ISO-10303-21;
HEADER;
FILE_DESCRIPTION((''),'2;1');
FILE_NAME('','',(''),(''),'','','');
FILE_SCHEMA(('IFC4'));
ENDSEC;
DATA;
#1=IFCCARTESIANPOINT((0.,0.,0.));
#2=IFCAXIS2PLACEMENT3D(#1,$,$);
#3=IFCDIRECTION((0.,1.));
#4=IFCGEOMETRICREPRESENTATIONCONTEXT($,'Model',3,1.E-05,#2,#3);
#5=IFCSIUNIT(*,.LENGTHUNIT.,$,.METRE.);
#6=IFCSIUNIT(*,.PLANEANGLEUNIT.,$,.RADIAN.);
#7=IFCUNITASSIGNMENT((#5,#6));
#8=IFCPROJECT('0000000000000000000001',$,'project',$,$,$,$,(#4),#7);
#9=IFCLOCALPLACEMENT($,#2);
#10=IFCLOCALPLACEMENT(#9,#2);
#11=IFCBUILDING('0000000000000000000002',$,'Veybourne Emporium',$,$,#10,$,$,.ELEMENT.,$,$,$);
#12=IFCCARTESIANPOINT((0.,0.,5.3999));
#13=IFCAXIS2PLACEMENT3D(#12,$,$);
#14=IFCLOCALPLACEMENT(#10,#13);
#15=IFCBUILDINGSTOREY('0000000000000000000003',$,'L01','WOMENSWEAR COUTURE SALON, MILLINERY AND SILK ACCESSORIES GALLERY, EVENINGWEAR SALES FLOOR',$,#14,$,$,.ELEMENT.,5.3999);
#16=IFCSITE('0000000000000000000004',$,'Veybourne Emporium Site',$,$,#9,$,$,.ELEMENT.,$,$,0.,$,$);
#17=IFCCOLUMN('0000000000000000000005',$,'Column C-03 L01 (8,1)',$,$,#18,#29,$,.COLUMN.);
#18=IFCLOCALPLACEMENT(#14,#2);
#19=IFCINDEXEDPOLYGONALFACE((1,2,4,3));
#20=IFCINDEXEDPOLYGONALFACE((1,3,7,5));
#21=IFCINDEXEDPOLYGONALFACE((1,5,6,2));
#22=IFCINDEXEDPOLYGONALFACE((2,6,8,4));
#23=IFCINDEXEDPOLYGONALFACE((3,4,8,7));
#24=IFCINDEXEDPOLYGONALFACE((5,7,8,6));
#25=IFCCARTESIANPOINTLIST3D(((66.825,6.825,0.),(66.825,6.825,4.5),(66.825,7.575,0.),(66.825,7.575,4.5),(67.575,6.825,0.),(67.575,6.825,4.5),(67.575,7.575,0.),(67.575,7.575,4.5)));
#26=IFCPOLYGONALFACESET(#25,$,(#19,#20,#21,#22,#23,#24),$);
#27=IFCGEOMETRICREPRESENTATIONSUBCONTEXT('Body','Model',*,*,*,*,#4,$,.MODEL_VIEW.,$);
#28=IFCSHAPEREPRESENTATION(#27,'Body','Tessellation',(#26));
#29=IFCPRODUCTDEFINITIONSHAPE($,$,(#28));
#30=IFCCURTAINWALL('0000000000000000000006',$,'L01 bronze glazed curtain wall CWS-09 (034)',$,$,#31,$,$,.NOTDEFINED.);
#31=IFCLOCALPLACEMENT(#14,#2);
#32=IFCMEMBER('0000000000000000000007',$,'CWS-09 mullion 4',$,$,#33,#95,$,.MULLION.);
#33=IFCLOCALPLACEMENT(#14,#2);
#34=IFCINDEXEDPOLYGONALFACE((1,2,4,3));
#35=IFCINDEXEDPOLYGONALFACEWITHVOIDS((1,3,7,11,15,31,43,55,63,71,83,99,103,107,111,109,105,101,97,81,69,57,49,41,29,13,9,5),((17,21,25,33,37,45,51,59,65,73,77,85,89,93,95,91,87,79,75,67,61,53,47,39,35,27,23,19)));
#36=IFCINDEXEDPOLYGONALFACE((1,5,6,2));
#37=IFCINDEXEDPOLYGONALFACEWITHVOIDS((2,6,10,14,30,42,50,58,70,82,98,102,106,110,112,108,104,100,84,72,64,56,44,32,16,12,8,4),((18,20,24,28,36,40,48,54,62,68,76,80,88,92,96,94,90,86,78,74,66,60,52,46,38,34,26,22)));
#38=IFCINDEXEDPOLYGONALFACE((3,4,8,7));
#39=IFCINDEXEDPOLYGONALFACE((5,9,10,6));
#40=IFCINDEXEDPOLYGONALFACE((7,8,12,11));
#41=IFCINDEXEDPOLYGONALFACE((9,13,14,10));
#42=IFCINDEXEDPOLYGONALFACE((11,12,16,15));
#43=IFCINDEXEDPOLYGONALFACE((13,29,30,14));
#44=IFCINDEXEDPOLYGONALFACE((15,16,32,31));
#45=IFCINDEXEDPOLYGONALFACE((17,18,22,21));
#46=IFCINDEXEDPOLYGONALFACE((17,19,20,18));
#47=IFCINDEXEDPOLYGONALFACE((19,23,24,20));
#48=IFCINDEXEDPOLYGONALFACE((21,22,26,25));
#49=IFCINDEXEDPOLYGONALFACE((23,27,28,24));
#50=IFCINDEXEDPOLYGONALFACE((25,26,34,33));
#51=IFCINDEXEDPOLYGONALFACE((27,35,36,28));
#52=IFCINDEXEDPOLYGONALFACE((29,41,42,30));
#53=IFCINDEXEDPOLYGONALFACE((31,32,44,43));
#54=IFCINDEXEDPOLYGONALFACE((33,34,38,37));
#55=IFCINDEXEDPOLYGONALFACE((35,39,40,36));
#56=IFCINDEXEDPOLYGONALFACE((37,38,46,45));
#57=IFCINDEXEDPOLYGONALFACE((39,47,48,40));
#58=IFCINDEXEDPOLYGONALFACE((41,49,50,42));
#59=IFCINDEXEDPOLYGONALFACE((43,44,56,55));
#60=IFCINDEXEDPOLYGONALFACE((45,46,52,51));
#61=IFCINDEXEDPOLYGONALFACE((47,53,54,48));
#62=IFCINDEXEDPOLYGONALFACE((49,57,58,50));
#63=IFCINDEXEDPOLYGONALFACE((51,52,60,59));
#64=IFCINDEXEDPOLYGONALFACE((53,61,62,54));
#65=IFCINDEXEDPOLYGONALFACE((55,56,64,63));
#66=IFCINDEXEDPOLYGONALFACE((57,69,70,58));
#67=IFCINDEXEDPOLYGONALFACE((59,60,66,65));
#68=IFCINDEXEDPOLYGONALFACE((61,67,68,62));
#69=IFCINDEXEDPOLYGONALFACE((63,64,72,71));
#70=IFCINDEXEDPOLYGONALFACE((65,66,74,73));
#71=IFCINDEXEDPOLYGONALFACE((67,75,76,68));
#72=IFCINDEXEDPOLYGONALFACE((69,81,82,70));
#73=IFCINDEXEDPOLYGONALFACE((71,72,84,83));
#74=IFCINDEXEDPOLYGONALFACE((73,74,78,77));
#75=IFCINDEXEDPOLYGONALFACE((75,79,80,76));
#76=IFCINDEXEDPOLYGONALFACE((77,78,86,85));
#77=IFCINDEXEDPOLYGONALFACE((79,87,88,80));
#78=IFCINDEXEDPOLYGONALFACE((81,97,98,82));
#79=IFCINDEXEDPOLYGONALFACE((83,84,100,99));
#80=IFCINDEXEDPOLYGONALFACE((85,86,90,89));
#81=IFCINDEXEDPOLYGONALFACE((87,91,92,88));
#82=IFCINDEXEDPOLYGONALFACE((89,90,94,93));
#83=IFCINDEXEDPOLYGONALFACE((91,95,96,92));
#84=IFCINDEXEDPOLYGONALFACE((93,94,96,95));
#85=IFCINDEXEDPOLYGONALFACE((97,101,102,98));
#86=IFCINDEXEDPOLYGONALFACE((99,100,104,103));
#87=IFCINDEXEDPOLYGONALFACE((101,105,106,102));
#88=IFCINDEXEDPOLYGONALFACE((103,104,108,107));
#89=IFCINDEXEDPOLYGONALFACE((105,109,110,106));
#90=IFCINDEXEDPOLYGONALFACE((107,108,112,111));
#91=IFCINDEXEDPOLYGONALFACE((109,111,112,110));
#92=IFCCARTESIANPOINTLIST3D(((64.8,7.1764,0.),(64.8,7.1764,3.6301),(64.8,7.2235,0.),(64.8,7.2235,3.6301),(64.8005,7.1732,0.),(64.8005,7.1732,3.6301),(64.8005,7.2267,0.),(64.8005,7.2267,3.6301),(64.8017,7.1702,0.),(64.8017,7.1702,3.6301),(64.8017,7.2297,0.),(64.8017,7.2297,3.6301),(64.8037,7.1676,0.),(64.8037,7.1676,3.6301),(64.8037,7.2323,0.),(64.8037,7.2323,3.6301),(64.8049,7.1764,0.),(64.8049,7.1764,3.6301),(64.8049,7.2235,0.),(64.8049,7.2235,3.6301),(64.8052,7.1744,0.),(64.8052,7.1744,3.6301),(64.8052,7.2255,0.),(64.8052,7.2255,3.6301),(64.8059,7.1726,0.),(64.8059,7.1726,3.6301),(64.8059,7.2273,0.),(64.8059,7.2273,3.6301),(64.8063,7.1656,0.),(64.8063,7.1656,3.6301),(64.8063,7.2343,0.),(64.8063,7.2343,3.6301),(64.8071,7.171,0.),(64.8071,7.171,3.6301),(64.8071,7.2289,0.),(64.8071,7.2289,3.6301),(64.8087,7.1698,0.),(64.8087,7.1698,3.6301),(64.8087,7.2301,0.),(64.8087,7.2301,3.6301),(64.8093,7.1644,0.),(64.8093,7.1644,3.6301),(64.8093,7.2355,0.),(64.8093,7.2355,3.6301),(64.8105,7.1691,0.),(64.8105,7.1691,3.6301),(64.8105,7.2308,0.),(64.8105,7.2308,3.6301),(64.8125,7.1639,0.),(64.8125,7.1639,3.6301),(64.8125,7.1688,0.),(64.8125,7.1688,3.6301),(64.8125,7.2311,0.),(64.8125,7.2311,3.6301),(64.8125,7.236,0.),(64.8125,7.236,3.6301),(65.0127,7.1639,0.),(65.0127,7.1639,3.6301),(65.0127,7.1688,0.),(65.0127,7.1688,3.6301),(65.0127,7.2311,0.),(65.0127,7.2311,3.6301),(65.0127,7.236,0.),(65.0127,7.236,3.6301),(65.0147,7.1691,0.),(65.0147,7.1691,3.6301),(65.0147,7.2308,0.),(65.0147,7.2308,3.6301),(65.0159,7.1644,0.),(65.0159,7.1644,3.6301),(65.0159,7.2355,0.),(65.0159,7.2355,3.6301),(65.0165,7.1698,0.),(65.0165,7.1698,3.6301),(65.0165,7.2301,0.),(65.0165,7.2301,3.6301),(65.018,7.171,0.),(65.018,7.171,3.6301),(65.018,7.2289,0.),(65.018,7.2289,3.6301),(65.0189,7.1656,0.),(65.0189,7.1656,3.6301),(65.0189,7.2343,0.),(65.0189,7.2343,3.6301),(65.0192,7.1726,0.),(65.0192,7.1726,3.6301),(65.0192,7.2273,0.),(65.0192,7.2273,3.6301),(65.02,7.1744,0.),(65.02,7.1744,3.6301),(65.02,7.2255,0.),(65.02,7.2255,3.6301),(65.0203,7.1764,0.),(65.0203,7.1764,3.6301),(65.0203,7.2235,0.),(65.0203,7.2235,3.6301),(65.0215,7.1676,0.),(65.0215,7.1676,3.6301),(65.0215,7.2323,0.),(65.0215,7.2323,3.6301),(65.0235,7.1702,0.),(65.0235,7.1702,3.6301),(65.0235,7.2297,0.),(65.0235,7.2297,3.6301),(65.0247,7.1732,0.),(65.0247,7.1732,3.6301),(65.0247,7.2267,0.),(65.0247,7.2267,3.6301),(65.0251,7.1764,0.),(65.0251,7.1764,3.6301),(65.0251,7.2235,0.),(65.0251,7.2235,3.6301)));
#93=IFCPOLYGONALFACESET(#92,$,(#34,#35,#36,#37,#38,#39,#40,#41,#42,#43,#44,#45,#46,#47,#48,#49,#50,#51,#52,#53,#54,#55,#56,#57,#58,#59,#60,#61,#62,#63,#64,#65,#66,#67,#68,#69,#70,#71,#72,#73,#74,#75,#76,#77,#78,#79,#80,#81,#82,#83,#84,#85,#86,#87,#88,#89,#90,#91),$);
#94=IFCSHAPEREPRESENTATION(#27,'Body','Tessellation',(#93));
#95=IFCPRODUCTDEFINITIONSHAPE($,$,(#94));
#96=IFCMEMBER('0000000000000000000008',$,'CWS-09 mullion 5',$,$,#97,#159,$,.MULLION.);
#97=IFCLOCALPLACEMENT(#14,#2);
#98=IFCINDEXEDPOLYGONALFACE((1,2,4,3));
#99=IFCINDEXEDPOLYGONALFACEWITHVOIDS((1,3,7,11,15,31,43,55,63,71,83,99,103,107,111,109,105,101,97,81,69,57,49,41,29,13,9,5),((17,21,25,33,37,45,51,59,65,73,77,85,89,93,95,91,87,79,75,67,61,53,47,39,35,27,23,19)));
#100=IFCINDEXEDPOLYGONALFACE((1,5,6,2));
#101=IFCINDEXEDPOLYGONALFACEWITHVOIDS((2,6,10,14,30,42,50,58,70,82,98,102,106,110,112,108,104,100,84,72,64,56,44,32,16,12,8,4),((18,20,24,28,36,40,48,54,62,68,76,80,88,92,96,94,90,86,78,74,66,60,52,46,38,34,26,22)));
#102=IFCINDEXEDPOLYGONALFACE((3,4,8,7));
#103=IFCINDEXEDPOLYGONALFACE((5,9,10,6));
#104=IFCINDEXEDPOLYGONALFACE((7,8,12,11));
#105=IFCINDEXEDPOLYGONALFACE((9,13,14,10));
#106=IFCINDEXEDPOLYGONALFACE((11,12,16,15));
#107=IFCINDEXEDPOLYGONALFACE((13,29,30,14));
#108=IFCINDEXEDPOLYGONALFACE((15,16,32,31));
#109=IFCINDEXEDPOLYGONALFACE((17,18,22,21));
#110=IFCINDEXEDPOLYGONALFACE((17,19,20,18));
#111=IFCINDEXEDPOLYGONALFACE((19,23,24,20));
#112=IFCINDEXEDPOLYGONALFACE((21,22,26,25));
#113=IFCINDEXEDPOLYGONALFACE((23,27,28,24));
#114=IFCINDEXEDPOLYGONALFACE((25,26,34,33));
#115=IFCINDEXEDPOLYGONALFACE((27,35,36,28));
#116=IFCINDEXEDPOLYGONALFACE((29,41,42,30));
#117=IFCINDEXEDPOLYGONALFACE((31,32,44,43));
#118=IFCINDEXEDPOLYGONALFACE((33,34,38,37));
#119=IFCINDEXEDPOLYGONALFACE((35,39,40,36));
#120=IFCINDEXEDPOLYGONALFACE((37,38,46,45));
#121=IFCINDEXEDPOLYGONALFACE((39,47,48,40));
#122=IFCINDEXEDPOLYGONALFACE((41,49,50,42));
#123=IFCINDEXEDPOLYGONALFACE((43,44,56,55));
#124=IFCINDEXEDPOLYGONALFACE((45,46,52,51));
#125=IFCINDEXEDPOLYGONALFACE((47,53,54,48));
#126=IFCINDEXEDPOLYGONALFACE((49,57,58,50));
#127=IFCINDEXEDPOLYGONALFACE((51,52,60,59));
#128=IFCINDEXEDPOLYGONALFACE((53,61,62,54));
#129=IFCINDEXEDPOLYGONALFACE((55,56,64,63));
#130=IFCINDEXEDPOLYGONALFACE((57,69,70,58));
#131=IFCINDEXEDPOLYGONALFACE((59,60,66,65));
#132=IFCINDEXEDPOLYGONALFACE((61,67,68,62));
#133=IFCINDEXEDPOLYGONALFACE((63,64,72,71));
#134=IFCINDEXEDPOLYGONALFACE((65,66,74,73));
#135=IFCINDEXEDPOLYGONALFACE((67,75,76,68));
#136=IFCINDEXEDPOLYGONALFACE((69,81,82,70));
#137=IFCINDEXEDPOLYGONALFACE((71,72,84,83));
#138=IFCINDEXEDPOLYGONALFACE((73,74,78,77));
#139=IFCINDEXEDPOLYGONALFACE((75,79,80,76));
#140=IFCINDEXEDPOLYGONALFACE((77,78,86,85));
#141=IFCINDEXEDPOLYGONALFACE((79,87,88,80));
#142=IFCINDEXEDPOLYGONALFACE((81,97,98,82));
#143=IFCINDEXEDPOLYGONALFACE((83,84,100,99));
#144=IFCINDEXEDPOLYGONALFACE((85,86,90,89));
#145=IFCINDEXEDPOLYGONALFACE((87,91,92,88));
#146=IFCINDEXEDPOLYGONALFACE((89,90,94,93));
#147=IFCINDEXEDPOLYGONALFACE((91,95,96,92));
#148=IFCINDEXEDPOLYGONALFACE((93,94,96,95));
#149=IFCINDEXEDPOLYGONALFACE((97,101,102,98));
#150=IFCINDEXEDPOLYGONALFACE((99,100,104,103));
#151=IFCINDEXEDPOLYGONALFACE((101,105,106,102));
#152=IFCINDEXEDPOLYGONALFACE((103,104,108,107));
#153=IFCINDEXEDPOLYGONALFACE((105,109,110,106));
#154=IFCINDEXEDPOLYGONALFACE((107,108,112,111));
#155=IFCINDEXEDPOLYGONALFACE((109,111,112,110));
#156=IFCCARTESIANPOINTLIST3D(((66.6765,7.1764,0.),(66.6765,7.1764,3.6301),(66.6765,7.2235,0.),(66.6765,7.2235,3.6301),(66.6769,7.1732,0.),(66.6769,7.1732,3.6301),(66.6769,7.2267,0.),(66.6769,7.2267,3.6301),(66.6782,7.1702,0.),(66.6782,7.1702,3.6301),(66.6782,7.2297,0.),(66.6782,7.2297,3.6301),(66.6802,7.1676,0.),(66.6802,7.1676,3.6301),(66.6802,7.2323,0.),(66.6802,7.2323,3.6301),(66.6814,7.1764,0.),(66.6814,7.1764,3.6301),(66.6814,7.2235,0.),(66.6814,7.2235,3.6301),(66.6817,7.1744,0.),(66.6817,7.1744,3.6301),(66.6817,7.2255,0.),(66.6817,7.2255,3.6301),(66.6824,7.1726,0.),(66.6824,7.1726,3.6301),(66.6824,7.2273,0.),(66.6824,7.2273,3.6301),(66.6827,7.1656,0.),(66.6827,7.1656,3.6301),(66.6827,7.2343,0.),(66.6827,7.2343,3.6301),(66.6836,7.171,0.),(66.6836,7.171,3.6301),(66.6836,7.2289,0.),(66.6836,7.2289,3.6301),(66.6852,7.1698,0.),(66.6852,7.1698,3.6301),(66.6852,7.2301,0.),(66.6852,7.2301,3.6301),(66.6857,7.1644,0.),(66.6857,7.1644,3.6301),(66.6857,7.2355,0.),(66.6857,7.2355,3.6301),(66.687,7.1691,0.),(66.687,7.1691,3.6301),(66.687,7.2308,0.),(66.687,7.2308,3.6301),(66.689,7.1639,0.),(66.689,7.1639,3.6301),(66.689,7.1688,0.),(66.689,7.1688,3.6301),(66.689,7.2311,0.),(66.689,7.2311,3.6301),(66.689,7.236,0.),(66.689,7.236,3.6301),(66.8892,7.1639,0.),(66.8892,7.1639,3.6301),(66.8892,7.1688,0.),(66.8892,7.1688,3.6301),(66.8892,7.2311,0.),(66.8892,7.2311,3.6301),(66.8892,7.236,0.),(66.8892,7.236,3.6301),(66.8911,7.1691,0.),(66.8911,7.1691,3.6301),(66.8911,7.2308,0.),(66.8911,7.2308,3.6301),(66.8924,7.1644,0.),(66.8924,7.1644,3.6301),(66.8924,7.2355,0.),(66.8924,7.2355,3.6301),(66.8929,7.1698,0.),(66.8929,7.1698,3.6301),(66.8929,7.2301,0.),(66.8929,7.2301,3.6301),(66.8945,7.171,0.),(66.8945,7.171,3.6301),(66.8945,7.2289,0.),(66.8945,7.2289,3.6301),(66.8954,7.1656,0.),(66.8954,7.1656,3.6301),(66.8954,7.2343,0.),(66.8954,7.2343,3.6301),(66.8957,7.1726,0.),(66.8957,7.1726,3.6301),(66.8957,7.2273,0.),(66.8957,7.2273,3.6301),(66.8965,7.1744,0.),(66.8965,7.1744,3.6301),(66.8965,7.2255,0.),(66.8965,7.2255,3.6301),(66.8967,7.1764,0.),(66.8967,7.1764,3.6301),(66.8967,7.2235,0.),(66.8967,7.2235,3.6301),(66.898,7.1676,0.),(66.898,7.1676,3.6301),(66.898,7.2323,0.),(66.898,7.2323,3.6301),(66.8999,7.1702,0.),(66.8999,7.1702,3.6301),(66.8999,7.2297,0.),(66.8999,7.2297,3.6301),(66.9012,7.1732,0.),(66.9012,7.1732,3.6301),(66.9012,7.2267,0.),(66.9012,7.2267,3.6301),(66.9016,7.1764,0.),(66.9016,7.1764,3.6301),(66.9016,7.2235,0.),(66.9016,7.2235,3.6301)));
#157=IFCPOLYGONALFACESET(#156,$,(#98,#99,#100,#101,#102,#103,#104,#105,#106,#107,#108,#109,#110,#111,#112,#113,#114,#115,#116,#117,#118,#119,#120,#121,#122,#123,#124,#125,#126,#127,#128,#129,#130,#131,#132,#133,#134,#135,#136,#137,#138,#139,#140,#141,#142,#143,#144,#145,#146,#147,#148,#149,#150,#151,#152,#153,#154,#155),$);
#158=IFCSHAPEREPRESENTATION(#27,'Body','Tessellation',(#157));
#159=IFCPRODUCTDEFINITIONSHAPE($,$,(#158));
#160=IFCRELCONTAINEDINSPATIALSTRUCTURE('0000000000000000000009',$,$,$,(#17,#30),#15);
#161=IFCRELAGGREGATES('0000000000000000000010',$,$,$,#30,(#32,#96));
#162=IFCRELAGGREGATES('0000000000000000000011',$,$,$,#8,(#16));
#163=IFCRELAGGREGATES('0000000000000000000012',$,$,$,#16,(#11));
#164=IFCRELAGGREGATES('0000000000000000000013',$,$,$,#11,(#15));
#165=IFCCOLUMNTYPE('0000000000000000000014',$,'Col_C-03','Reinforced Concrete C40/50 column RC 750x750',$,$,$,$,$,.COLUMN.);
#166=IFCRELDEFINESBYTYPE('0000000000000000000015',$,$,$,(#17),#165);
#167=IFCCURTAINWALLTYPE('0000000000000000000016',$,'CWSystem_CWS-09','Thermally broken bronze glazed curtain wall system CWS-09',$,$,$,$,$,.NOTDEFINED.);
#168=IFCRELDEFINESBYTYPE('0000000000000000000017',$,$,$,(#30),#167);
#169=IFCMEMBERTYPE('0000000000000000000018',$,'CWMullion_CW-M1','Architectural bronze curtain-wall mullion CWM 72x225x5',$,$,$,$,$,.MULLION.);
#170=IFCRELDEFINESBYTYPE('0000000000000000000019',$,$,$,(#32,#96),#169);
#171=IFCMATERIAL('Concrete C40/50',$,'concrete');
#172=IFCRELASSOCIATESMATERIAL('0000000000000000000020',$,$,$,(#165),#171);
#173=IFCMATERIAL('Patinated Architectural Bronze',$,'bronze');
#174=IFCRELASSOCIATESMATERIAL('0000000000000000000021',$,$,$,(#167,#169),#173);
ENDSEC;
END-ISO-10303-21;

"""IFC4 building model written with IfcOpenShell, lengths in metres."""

from ifc_helpers import new_model, si_unit, direction, frame, origin, origin_2d, place, context, subcontext, project, spatial, rectangle, hollow_rectangle, extrude, material, material_profile, profile_set, type_object, element, aggregate, save


model = new_model("IFC4")

# Units and contexts
model_context = context("Model", 3, precision=1e-05, world=origin(), true_north=direction((0.0, 1.0)))
body_context = subcontext(model_context, "Body", "Model", "MODEL_VIEW")
ifc_project = project(units=[si_unit("LENGTHUNIT", "METRE"), si_unit("PLANEANGLEUNIT", "RADIAN")], contexts=[model_context])

# Site, building, storey
site_placement = place(None, origin())
site = spatial("IfcSite", under=ifc_project, at=site_placement, Name="Veybourne Emporium Site", CompositionType="ELEMENT", RefElevation=0.0)
building_placement = place(site_placement, origin())
building = spatial("IfcBuilding", under=site, at=building_placement, Name="Veybourne Emporium", CompositionType="ELEMENT")
storey_placement = place(building_placement, frame((0.0, 0.0, 5.3999)))
storey = spatial("IfcBuildingStorey", under=building, at=storey_placement, Name="L01", Description="WOMENSWEAR COUTURE SALON, MILLINERY AND SILK ACCESSORIES GALLERY, EVENINGWEAR SALES FLOOR", CompositionType="ELEMENT", Elevation=5.3999)

# Column
ifc_material_1 = material(Name="Concrete C40/50", Category="concrete")
ifc_material_profile_1 = material_profile(ifc_material_1, rectangle(XDim=0.75, YDim=0.75, at=origin_2d()), Name="RC 750x750")
ifc_profile_set_1 = profile_set([ifc_material_profile_1], Name="Concrete C40/50")
column_type = type_object("IfcColumnType", Name="Col_C-03", Description="Reinforced Concrete C40/50 column RC 750x750", PredefinedType="COLUMN", material=ifc_profile_set_1)
column_placement = place(storey_placement, frame((67.2, 7.2, 0.0), z_axis=(0.0, 0.0, 1.0), x_axis=(1.0, 0.0, 0.0)))
element("IfcColumn", 1, at=column_placement, inside=storey, type_object=column_type, Name="Column C-03 L01 (8,1)", PredefinedType="COLUMN", context=body_context, shape_type="SweptSolid", body=[
    extrude(rectangle(XDim=0.75, YDim=0.75, at=origin_2d()), origin(), (0.0, 0.0, 1.0), 4.5),
])

# Curtain wall, members
ifc_material_2 = material(Name="Patinated Architectural Bronze", Category="bronze")
curtain_wall_type_1 = type_object("IfcCurtainWallType", Name="CWSystem_CWS-09", Description="Thermally broken bronze glazed curtain wall system CWS-09", PredefinedType="NOTDEFINED", material=ifc_material_2)
curtain_wall_1_placement = place(storey_placement, origin())
curtain_wall_1 = element("IfcCurtainWall", 2, at=curtain_wall_1_placement, inside=storey, type_object=curtain_wall_type_1, Name="L01 bronze glazed curtain wall CWS-09 (034)", PredefinedType="NOTDEFINED")
ifc_material_profile_2 = material_profile(ifc_material_2, hollow_rectangle(XDim=0.072, YDim=0.2251, WallThickness=0.0049, InnerFilletRadius=0.0076, OuterFilletRadius=0.0125, at=origin_2d()), Name="CWM 72x225x5")
ifc_profile_set_2 = profile_set([ifc_material_profile_2], Name="Patinated Architectural Bronze")
member_type_1 = type_object("IfcMemberType", Name="CWMullion_CW-M1", Description="Architectural bronze curtain-wall mullion CWM 72x225x5", PredefinedType="MULLION", material=ifc_profile_set_2)
member_1_placement = place(storey_placement, frame((64.9126, 7.2, 0.0), z_axis=(0.0, 0.0, 1.0), x_axis=(0.0, 1.0, 0.0)))
member_1 = element("IfcMember", 3, at=member_1_placement, type_object=member_type_1, Name="CWS-09 mullion 4", PredefinedType="MULLION", context=body_context, shape_type="SweptSolid", body=[
    extrude(hollow_rectangle(XDim=0.072, YDim=0.2251, WallThickness=0.0049, InnerFilletRadius=0.0076, OuterFilletRadius=0.0125, at=origin_2d()), origin(), (0.0, 0.0, 1.0), 3.6301),
])
member_2_placement = place(storey_placement, frame((66.7891, 7.2, 0.0), z_axis=(0.0, 0.0, 1.0), x_axis=(0.0, 1.0, 0.0)))
member_2 = element("IfcMember", 4, at=member_2_placement, type_object=member_type_1, Name="CWS-09 mullion 5", PredefinedType="MULLION", context=body_context, shape_type="SweptSolid", body=[
    extrude(hollow_rectangle(XDim=0.072, YDim=0.2251, WallThickness=0.0049, InnerFilletRadius=0.0076, OuterFilletRadius=0.0125, at=origin_2d()), origin(), (0.0, 0.0, 1.0), 3.6301),
])

aggregate(curtain_wall_1, [member_1, member_2])

save(model, "model.ifc")
